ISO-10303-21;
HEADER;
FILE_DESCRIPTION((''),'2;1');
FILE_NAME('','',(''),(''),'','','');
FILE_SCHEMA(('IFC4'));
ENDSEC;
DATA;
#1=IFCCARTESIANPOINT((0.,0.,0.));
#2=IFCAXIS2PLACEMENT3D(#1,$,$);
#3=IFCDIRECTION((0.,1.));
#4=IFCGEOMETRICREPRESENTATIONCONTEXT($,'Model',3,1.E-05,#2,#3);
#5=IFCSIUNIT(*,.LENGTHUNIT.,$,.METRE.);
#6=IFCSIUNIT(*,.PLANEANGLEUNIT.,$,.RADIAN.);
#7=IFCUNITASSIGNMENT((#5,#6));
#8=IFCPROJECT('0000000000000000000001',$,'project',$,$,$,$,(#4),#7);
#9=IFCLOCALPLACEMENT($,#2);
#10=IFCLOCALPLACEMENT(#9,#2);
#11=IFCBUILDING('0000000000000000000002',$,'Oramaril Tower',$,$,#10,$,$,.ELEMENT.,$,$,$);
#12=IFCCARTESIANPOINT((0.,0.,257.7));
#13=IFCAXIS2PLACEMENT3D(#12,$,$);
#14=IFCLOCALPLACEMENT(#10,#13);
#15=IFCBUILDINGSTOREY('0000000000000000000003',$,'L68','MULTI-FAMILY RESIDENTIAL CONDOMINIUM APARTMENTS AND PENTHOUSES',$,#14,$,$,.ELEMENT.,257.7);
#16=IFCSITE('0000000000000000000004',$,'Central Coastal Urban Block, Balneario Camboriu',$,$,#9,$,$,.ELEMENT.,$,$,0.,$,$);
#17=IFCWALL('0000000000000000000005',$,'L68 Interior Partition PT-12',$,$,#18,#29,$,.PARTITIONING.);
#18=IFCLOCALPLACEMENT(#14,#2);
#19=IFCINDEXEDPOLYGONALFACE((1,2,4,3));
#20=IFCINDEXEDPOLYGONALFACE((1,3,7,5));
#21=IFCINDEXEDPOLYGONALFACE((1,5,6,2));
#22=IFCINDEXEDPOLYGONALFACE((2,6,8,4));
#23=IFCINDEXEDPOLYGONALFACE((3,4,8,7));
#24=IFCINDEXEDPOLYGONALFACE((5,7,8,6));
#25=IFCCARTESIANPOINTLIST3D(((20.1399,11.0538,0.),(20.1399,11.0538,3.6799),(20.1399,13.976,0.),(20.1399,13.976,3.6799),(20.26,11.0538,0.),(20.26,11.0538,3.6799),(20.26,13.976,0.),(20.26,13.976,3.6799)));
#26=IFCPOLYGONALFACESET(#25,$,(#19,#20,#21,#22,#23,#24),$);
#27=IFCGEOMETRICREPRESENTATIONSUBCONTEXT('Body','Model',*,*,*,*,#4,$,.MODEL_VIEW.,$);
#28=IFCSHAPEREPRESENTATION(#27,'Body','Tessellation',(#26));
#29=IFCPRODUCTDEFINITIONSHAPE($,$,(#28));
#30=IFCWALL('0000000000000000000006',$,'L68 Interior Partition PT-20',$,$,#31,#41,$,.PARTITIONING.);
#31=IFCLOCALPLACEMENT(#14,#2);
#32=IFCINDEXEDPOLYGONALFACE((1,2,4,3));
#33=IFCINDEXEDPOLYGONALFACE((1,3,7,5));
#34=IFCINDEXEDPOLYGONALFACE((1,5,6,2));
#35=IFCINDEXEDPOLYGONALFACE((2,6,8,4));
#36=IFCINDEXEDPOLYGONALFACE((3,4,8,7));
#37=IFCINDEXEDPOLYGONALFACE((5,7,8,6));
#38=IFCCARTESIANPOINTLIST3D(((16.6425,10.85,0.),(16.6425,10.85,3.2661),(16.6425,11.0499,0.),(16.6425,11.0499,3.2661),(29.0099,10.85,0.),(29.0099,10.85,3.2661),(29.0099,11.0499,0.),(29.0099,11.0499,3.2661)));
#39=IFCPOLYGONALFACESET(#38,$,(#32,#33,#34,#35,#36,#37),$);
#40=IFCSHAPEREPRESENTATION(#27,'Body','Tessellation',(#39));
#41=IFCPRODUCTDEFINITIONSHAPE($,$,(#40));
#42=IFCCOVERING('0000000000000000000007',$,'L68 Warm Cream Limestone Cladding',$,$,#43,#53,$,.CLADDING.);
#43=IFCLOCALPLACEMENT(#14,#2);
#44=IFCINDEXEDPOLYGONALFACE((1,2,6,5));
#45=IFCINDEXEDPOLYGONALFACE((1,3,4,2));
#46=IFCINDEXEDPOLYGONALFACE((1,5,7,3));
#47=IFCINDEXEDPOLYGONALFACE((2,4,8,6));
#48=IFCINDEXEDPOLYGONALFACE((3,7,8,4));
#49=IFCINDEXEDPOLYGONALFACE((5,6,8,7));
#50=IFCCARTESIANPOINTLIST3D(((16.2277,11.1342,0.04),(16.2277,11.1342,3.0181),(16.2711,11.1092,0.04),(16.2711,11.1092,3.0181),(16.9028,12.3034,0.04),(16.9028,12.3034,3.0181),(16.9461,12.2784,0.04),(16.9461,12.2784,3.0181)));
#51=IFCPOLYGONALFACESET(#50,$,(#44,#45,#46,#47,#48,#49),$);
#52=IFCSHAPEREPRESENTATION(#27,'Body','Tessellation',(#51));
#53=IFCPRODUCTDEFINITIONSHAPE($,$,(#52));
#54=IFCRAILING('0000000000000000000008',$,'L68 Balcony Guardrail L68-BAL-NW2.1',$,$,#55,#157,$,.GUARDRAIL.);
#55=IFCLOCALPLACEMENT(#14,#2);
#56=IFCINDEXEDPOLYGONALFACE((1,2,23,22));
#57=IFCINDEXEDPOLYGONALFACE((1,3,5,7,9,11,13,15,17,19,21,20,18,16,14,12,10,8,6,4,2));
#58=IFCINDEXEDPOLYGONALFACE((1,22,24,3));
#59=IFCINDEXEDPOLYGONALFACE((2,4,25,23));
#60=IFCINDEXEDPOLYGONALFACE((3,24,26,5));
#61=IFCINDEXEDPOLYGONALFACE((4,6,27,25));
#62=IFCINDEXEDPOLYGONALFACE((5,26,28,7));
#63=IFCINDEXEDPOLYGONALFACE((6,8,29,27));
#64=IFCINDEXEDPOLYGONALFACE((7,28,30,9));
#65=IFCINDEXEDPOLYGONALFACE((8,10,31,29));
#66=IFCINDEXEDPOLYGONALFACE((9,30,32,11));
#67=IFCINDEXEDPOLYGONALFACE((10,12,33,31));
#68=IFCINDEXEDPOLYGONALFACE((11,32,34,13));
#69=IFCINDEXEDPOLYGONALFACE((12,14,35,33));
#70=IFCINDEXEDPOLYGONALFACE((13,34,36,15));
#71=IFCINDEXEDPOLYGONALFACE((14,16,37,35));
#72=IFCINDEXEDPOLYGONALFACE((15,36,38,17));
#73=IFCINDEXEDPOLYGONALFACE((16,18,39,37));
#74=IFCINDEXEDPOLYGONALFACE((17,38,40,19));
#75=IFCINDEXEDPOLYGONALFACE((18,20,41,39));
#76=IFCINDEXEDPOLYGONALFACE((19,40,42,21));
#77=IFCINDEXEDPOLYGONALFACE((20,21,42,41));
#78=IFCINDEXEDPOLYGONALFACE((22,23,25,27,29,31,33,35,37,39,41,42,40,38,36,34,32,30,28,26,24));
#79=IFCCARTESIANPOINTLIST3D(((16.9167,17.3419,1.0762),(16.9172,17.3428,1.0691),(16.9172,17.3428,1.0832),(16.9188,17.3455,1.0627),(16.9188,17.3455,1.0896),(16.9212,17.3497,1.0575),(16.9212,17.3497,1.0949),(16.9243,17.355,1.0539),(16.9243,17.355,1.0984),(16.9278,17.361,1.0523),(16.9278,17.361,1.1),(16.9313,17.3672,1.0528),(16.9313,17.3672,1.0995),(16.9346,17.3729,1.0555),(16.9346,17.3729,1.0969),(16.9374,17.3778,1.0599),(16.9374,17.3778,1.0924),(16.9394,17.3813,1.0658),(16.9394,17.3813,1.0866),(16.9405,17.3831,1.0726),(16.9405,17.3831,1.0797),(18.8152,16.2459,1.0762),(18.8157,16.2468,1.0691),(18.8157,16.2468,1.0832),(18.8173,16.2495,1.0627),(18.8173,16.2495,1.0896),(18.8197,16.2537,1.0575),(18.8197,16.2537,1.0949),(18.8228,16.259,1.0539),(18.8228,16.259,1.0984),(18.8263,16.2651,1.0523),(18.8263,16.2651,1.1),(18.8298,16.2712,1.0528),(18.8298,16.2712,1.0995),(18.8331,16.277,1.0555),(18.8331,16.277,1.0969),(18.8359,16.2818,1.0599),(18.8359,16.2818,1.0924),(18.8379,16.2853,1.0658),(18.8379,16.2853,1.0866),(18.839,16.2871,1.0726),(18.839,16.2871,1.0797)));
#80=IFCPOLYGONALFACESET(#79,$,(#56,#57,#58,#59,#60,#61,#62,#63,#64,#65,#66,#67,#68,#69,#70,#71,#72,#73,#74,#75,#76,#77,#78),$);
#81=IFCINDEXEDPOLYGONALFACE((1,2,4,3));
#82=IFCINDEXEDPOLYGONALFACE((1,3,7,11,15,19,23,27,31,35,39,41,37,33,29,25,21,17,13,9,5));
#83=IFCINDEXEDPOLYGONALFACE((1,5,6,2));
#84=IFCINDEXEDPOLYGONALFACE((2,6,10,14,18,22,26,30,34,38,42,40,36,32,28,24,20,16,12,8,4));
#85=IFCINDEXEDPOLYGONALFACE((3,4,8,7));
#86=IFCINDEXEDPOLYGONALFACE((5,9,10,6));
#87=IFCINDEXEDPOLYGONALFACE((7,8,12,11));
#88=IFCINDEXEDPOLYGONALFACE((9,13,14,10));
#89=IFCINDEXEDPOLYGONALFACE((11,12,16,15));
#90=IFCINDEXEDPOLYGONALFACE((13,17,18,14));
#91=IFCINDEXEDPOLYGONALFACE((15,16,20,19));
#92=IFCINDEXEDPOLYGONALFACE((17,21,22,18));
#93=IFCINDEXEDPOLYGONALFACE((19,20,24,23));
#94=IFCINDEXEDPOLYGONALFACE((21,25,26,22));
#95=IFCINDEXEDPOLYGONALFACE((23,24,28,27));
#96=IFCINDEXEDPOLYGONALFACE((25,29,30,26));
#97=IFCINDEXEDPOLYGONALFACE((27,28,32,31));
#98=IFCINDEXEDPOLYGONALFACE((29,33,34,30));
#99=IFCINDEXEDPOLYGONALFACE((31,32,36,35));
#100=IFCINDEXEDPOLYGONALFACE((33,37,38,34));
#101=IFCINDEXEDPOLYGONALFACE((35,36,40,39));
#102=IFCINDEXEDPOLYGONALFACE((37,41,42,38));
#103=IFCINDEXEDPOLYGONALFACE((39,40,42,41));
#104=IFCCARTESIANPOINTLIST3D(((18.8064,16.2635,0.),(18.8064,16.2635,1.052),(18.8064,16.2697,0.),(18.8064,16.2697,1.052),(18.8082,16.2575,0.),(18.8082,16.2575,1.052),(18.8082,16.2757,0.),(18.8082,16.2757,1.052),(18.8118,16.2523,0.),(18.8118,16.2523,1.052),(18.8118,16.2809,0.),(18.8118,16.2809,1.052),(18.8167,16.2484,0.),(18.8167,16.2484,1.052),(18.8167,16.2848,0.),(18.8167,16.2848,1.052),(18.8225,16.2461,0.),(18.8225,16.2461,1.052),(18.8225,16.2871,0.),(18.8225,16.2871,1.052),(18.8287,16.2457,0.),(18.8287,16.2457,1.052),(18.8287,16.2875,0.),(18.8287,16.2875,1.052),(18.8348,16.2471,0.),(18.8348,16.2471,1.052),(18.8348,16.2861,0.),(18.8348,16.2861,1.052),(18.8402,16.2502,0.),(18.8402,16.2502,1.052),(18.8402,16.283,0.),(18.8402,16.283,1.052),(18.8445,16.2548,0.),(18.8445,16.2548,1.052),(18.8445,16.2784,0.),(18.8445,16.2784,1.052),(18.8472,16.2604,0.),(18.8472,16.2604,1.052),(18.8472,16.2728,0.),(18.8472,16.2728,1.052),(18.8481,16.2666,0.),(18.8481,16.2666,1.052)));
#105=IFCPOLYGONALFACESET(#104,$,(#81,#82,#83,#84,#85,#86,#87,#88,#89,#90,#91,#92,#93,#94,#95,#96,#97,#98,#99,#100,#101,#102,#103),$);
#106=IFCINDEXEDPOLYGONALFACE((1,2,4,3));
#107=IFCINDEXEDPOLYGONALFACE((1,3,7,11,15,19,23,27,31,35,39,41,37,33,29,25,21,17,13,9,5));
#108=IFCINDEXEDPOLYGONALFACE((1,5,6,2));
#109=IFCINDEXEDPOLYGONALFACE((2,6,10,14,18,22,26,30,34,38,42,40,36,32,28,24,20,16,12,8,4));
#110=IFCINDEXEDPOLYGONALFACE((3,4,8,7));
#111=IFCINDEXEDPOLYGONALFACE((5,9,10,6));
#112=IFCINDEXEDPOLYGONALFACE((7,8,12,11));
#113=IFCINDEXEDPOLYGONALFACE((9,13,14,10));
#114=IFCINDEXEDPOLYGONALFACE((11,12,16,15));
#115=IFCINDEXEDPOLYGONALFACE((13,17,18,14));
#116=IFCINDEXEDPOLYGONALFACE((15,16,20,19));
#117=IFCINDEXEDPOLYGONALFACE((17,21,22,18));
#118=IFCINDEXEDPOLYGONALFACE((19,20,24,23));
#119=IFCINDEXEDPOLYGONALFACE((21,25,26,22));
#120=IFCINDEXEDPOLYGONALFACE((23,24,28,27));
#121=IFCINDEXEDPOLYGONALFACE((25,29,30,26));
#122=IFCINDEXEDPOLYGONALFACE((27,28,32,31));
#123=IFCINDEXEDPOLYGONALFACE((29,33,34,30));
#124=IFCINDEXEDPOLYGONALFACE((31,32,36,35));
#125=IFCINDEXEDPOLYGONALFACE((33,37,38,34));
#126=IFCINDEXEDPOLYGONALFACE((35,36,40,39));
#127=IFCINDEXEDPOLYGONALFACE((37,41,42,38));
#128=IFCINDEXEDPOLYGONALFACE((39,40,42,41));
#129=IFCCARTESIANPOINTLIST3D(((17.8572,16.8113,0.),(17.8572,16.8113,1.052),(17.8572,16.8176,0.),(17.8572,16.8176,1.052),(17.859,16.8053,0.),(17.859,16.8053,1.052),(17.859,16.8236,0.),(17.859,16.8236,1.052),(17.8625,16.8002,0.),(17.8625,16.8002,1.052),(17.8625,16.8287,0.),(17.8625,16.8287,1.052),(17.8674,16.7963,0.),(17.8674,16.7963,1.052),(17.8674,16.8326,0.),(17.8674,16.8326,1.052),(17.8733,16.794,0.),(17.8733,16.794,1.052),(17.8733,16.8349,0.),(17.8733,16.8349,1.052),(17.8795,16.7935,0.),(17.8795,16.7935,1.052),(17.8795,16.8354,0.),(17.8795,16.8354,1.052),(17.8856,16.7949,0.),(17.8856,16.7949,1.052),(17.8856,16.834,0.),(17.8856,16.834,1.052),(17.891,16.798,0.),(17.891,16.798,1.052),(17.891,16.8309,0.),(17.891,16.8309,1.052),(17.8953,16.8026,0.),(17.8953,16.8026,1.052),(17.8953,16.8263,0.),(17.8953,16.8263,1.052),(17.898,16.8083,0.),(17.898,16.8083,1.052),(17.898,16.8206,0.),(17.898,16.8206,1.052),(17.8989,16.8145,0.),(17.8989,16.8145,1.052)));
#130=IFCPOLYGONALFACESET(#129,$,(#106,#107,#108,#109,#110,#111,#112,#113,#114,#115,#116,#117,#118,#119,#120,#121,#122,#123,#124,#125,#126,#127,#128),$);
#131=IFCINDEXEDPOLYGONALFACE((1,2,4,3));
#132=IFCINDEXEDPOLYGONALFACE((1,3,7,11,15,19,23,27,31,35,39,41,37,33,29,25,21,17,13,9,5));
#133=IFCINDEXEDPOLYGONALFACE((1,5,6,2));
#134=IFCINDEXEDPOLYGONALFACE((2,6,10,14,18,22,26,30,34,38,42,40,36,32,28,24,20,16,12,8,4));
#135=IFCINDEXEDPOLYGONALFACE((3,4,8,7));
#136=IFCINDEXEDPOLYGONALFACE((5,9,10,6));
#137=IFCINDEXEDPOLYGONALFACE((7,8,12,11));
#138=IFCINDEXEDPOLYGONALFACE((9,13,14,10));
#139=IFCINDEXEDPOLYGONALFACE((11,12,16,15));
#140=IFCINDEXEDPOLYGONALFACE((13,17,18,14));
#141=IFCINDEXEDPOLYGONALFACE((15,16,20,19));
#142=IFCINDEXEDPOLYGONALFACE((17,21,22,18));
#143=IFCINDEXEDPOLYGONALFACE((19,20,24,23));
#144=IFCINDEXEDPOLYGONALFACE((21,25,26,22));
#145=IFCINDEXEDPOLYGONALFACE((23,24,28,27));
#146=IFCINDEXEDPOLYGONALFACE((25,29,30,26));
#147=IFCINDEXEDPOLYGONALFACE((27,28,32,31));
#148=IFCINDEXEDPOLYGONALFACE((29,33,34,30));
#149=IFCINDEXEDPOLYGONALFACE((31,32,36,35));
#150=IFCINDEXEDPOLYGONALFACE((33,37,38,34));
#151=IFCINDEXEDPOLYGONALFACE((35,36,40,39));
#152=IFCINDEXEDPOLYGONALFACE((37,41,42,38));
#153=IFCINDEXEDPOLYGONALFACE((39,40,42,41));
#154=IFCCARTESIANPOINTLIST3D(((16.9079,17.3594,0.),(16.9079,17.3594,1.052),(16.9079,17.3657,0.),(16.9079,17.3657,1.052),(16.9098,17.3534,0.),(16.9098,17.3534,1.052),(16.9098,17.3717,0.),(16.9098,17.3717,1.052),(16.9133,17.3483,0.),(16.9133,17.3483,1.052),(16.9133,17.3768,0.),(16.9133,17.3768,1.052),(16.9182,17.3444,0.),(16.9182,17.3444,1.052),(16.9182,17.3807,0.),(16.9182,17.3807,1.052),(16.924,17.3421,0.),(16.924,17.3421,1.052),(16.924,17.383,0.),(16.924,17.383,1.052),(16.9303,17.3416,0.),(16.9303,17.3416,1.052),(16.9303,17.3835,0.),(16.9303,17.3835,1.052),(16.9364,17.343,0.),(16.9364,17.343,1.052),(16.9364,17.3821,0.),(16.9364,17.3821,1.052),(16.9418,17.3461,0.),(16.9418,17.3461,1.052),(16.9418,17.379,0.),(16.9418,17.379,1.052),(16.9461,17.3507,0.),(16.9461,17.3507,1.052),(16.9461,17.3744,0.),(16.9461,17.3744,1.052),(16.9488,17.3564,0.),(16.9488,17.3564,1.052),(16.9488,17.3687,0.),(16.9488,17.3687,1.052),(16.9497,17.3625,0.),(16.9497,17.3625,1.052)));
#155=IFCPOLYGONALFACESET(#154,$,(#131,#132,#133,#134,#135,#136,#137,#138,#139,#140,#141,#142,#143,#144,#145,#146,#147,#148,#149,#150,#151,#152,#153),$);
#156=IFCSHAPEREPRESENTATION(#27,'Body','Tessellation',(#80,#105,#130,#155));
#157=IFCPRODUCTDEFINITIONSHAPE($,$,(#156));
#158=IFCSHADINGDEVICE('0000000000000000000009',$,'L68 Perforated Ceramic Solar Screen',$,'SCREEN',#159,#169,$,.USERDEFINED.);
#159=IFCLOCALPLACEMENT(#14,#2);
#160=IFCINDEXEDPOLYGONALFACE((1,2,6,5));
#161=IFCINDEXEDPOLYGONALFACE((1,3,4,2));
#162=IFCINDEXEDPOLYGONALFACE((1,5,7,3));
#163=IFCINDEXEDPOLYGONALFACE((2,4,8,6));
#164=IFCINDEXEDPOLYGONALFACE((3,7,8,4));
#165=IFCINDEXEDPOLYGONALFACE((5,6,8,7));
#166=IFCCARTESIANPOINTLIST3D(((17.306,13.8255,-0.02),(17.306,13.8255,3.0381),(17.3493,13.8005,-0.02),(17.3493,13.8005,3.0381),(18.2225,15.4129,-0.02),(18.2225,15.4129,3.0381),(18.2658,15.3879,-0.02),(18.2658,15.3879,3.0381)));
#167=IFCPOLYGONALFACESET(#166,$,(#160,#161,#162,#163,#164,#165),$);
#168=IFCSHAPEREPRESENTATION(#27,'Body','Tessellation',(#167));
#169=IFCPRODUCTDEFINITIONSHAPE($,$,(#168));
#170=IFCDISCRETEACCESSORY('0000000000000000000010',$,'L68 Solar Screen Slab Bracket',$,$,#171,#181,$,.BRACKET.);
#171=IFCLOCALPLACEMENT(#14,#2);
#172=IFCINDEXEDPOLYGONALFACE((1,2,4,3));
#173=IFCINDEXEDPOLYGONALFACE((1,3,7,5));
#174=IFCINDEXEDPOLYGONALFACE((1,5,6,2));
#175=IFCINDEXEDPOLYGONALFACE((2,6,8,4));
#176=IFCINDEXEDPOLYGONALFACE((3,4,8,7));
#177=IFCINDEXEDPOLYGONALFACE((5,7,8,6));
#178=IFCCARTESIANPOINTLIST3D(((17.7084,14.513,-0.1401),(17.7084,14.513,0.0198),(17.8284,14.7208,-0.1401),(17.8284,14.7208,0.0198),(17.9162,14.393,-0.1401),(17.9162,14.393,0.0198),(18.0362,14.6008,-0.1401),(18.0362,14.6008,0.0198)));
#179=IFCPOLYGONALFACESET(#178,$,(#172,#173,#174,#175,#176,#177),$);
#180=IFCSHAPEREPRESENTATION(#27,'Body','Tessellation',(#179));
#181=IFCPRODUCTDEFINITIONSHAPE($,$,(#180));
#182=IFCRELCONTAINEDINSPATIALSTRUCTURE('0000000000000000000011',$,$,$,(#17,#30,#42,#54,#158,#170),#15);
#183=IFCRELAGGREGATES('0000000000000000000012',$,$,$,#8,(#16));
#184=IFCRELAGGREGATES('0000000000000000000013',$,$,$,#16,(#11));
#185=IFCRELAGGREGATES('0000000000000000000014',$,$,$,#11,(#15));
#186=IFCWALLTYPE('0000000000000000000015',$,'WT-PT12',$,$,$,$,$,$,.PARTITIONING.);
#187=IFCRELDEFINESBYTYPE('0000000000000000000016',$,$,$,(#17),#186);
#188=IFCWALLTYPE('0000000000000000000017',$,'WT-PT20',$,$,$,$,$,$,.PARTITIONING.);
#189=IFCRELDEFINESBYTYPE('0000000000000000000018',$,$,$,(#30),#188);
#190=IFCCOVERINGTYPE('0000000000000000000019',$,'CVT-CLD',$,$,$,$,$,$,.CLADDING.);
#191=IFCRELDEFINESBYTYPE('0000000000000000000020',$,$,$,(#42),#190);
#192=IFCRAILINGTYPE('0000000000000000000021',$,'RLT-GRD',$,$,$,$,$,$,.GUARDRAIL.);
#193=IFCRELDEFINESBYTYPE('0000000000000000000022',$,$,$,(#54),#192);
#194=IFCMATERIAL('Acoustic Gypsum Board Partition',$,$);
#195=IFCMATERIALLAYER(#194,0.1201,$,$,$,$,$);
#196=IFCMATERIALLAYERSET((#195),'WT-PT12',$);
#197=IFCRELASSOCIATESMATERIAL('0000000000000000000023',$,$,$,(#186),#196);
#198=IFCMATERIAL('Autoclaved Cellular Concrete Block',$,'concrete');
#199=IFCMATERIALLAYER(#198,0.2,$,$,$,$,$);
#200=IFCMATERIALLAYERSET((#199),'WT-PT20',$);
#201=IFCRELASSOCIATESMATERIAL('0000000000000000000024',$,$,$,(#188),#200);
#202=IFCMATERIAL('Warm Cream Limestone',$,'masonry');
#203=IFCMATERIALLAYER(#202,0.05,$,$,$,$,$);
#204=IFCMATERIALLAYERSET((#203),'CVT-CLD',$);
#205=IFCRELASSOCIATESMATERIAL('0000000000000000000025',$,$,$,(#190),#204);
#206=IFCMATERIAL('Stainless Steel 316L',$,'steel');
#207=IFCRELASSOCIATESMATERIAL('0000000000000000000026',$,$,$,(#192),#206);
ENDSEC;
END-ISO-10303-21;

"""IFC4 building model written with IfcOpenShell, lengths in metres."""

from ifc_helpers import new_model, si_unit, direction, frame, frame_2d, origin, origin_2d, place, context, subcontext, project, spatial, rectangle, circle, extrude, material, layer, layer_set, type_object, element, save


model = new_model("IFC4")

# Units and contexts
model_context = context("Model", 3, precision=1e-05, world=origin(), true_north=direction((0.0, 1.0)))
body_context = subcontext(model_context, "Body", "Model", "MODEL_VIEW")
ifc_project = project(units=[si_unit("LENGTHUNIT", "METRE"), si_unit("PLANEANGLEUNIT", "RADIAN")], contexts=[model_context])

# Site, building, storey
site_placement = place(None, origin())
site = spatial("IfcSite", under=ifc_project, at=site_placement, Name="Central Coastal Urban Block, Balneario Camboriu", CompositionType="ELEMENT", RefElevation=0.0)
building_placement = place(site_placement, origin())
building = spatial("IfcBuilding", under=site, at=building_placement, Name="Oramaril Tower", CompositionType="ELEMENT")
storey_placement = place(building_placement, frame((0.0, 0.0, 257.7)))
storey = spatial("IfcBuildingStorey", under=building, at=storey_placement, Name="L68", Description="MULTI-FAMILY RESIDENTIAL CONDOMINIUM APARTMENTS AND PENTHOUSES", CompositionType="ELEMENT", Elevation=257.7)

# Wall
ifc_material_1 = material(Name="Acoustic Gypsum Board Partition")
ifc_layer_1 = layer(ifc_material_1, 0.1201)
ifc_layer_set_1 = layer_set([ifc_layer_1], Name="WT-PT12")
wall_type_1 = type_object("IfcWallType", Name="WT-PT12", PredefinedType="PARTITIONING", material=ifc_layer_set_1)
wall_1_placement = place(storey_placement, frame((20.2, 11.054, 0.0), z_axis=(0.0, 0.0, 1.0), x_axis=(0.0, 1.0, 0.0)))
element("IfcWall", 1, at=wall_1_placement, inside=storey, type_object=wall_type_1, Name="L68 Interior Partition PT-12", PredefinedType="PARTITIONING", context=body_context, shape_type="SweptSolid", body=[
    extrude(rectangle(XDim=2.9221, YDim=0.1201, at=frame_2d((1.4609, 0.0))), origin(), (0.0, 0.0, 1.0), 3.6799),
])

# Wall
ifc_material_2 = material(Name="Autoclaved Cellular Concrete Block", Category="concrete")
ifc_layer_2 = layer(ifc_material_2, 0.2)
ifc_layer_set_2 = layer_set([ifc_layer_2], Name="WT-PT20")
wall_type_2 = type_object("IfcWallType", Name="WT-PT20", PredefinedType="PARTITIONING", material=ifc_layer_set_2)
wall_2_placement = place(storey_placement, frame((16.6426, 10.95, 0.0), z_axis=(0.0, 0.0, 1.0), x_axis=(1.0, 0.0, 0.0)))
element("IfcWall", 2, at=wall_2_placement, inside=storey, type_object=wall_type_2, Name="L68 Interior Partition PT-20", PredefinedType="PARTITIONING", context=body_context, shape_type="SweptSolid", body=[
    extrude(rectangle(XDim=12.3674, YDim=0.2, at=frame_2d((6.1836, 0.0))), origin(), (0.0, 0.0, 1.0), 3.2661),
])

# Covering
ifc_material_3 = material(Name="Warm Cream Limestone", Category="masonry")
ifc_layer_3 = layer(ifc_material_3, 0.05)
ifc_layer_set_3 = layer_set([ifc_layer_3], Name="CVT-CLD")
covering_type = type_object("IfcCoveringType", Name="CVT-CLD", PredefinedType="CLADDING", material=ifc_layer_set_3)
covering_placement = place(storey_placement, frame((16.5869, 11.7063, 0.04), z_axis=(0.0, 0.0, 1.0), x_axis=(-0.5, -0.866025, 0.0)))
element("IfcCovering", 3, at=covering_placement, inside=storey, type_object=covering_type, Name="L68 Warm Cream Limestone Cladding", PredefinedType="CLADDING", context=body_context, shape_type="SweptSolid", body=[
    extrude(rectangle(XDim=1.3501, YDim=0.05, at=origin_2d()), origin(), (0.0, 0.0, 1.0), 2.978),
])

# Railing
ifc_material_4 = material(Name="Stainless Steel 316L", Category="steel")
railing_type = type_object("IfcRailingType", Name="RLT-GRD", PredefinedType="GUARDRAIL", material=ifc_material_4)
railing_1_placement = place(storey_placement, frame((18.8271, 16.2666, 0.0)))
element("IfcRailing", 4, at=railing_1_placement, inside=storey, type_object=railing_type, Name="L68 Balcony Guardrail L68-BAL-NW2.1", PredefinedType="GUARDRAIL", context=body_context, shape_type="SweptSolid", body=[
    extrude(circle(Radius=0.0239, at=origin_2d()), frame((0.0, 0.0, 1.0762), z_axis=(-0.866048, 0.49996, 0.0), x_axis=(-0.49996, -0.866048, 0.0)), (0.0, 0.0, 1.0), 2.1921),
    extrude(circle(Radius=0.021, at=origin_2d()), origin(), (0.0, 0.0, 1.0), 1.052),
    extrude(circle(Radius=0.021, at=origin_2d()), frame((-0.9492, 0.5479, 0.0)), (0.0, 0.0, 1.0), 1.052),
    extrude(circle(Radius=0.021, at=origin_2d()), frame((-1.8984, 1.0959, 0.0)), (0.0, 0.0, 1.0), 1.052),
])

# Shading device
shading_device_placement = place(storey_placement, frame((17.7859, 14.6067, -0.02), z_axis=(0.0, 0.0, 1.0), x_axis=(-0.5, -0.866025, 0.0)))
element("IfcShadingDevice", 5, at=shading_device_placement, inside=storey, Name="L68 Perforated Ceramic Solar Screen", ObjectType="SCREEN", PredefinedType="USERDEFINED", context=body_context, shape_type="SweptSolid", body=[
    extrude(rectangle(XDim=1.833, YDim=0.05, at=origin_2d()), origin(), (0.0, 0.0, 1.0), 3.0581),
])

# Discrete accessory
discrete_accessory_placement = place(storey_placement, frame((17.8723, 14.5569, -0.1401), z_axis=(0.0, 0.0, 1.0), x_axis=(-0.5, -0.866025, 0.0)))
element("IfcDiscreteAccessory", 6, at=discrete_accessory_placement, inside=storey, Name="L68 Solar Screen Slab Bracket", PredefinedType="BRACKET", context=body_context, shape_type="SweptSolid", body=[
    extrude(rectangle(XDim=0.24, YDim=0.24, at=origin_2d()), origin(), (0.0, 0.0, 1.0), 0.1599),
])

save(model, "model.ifc")
